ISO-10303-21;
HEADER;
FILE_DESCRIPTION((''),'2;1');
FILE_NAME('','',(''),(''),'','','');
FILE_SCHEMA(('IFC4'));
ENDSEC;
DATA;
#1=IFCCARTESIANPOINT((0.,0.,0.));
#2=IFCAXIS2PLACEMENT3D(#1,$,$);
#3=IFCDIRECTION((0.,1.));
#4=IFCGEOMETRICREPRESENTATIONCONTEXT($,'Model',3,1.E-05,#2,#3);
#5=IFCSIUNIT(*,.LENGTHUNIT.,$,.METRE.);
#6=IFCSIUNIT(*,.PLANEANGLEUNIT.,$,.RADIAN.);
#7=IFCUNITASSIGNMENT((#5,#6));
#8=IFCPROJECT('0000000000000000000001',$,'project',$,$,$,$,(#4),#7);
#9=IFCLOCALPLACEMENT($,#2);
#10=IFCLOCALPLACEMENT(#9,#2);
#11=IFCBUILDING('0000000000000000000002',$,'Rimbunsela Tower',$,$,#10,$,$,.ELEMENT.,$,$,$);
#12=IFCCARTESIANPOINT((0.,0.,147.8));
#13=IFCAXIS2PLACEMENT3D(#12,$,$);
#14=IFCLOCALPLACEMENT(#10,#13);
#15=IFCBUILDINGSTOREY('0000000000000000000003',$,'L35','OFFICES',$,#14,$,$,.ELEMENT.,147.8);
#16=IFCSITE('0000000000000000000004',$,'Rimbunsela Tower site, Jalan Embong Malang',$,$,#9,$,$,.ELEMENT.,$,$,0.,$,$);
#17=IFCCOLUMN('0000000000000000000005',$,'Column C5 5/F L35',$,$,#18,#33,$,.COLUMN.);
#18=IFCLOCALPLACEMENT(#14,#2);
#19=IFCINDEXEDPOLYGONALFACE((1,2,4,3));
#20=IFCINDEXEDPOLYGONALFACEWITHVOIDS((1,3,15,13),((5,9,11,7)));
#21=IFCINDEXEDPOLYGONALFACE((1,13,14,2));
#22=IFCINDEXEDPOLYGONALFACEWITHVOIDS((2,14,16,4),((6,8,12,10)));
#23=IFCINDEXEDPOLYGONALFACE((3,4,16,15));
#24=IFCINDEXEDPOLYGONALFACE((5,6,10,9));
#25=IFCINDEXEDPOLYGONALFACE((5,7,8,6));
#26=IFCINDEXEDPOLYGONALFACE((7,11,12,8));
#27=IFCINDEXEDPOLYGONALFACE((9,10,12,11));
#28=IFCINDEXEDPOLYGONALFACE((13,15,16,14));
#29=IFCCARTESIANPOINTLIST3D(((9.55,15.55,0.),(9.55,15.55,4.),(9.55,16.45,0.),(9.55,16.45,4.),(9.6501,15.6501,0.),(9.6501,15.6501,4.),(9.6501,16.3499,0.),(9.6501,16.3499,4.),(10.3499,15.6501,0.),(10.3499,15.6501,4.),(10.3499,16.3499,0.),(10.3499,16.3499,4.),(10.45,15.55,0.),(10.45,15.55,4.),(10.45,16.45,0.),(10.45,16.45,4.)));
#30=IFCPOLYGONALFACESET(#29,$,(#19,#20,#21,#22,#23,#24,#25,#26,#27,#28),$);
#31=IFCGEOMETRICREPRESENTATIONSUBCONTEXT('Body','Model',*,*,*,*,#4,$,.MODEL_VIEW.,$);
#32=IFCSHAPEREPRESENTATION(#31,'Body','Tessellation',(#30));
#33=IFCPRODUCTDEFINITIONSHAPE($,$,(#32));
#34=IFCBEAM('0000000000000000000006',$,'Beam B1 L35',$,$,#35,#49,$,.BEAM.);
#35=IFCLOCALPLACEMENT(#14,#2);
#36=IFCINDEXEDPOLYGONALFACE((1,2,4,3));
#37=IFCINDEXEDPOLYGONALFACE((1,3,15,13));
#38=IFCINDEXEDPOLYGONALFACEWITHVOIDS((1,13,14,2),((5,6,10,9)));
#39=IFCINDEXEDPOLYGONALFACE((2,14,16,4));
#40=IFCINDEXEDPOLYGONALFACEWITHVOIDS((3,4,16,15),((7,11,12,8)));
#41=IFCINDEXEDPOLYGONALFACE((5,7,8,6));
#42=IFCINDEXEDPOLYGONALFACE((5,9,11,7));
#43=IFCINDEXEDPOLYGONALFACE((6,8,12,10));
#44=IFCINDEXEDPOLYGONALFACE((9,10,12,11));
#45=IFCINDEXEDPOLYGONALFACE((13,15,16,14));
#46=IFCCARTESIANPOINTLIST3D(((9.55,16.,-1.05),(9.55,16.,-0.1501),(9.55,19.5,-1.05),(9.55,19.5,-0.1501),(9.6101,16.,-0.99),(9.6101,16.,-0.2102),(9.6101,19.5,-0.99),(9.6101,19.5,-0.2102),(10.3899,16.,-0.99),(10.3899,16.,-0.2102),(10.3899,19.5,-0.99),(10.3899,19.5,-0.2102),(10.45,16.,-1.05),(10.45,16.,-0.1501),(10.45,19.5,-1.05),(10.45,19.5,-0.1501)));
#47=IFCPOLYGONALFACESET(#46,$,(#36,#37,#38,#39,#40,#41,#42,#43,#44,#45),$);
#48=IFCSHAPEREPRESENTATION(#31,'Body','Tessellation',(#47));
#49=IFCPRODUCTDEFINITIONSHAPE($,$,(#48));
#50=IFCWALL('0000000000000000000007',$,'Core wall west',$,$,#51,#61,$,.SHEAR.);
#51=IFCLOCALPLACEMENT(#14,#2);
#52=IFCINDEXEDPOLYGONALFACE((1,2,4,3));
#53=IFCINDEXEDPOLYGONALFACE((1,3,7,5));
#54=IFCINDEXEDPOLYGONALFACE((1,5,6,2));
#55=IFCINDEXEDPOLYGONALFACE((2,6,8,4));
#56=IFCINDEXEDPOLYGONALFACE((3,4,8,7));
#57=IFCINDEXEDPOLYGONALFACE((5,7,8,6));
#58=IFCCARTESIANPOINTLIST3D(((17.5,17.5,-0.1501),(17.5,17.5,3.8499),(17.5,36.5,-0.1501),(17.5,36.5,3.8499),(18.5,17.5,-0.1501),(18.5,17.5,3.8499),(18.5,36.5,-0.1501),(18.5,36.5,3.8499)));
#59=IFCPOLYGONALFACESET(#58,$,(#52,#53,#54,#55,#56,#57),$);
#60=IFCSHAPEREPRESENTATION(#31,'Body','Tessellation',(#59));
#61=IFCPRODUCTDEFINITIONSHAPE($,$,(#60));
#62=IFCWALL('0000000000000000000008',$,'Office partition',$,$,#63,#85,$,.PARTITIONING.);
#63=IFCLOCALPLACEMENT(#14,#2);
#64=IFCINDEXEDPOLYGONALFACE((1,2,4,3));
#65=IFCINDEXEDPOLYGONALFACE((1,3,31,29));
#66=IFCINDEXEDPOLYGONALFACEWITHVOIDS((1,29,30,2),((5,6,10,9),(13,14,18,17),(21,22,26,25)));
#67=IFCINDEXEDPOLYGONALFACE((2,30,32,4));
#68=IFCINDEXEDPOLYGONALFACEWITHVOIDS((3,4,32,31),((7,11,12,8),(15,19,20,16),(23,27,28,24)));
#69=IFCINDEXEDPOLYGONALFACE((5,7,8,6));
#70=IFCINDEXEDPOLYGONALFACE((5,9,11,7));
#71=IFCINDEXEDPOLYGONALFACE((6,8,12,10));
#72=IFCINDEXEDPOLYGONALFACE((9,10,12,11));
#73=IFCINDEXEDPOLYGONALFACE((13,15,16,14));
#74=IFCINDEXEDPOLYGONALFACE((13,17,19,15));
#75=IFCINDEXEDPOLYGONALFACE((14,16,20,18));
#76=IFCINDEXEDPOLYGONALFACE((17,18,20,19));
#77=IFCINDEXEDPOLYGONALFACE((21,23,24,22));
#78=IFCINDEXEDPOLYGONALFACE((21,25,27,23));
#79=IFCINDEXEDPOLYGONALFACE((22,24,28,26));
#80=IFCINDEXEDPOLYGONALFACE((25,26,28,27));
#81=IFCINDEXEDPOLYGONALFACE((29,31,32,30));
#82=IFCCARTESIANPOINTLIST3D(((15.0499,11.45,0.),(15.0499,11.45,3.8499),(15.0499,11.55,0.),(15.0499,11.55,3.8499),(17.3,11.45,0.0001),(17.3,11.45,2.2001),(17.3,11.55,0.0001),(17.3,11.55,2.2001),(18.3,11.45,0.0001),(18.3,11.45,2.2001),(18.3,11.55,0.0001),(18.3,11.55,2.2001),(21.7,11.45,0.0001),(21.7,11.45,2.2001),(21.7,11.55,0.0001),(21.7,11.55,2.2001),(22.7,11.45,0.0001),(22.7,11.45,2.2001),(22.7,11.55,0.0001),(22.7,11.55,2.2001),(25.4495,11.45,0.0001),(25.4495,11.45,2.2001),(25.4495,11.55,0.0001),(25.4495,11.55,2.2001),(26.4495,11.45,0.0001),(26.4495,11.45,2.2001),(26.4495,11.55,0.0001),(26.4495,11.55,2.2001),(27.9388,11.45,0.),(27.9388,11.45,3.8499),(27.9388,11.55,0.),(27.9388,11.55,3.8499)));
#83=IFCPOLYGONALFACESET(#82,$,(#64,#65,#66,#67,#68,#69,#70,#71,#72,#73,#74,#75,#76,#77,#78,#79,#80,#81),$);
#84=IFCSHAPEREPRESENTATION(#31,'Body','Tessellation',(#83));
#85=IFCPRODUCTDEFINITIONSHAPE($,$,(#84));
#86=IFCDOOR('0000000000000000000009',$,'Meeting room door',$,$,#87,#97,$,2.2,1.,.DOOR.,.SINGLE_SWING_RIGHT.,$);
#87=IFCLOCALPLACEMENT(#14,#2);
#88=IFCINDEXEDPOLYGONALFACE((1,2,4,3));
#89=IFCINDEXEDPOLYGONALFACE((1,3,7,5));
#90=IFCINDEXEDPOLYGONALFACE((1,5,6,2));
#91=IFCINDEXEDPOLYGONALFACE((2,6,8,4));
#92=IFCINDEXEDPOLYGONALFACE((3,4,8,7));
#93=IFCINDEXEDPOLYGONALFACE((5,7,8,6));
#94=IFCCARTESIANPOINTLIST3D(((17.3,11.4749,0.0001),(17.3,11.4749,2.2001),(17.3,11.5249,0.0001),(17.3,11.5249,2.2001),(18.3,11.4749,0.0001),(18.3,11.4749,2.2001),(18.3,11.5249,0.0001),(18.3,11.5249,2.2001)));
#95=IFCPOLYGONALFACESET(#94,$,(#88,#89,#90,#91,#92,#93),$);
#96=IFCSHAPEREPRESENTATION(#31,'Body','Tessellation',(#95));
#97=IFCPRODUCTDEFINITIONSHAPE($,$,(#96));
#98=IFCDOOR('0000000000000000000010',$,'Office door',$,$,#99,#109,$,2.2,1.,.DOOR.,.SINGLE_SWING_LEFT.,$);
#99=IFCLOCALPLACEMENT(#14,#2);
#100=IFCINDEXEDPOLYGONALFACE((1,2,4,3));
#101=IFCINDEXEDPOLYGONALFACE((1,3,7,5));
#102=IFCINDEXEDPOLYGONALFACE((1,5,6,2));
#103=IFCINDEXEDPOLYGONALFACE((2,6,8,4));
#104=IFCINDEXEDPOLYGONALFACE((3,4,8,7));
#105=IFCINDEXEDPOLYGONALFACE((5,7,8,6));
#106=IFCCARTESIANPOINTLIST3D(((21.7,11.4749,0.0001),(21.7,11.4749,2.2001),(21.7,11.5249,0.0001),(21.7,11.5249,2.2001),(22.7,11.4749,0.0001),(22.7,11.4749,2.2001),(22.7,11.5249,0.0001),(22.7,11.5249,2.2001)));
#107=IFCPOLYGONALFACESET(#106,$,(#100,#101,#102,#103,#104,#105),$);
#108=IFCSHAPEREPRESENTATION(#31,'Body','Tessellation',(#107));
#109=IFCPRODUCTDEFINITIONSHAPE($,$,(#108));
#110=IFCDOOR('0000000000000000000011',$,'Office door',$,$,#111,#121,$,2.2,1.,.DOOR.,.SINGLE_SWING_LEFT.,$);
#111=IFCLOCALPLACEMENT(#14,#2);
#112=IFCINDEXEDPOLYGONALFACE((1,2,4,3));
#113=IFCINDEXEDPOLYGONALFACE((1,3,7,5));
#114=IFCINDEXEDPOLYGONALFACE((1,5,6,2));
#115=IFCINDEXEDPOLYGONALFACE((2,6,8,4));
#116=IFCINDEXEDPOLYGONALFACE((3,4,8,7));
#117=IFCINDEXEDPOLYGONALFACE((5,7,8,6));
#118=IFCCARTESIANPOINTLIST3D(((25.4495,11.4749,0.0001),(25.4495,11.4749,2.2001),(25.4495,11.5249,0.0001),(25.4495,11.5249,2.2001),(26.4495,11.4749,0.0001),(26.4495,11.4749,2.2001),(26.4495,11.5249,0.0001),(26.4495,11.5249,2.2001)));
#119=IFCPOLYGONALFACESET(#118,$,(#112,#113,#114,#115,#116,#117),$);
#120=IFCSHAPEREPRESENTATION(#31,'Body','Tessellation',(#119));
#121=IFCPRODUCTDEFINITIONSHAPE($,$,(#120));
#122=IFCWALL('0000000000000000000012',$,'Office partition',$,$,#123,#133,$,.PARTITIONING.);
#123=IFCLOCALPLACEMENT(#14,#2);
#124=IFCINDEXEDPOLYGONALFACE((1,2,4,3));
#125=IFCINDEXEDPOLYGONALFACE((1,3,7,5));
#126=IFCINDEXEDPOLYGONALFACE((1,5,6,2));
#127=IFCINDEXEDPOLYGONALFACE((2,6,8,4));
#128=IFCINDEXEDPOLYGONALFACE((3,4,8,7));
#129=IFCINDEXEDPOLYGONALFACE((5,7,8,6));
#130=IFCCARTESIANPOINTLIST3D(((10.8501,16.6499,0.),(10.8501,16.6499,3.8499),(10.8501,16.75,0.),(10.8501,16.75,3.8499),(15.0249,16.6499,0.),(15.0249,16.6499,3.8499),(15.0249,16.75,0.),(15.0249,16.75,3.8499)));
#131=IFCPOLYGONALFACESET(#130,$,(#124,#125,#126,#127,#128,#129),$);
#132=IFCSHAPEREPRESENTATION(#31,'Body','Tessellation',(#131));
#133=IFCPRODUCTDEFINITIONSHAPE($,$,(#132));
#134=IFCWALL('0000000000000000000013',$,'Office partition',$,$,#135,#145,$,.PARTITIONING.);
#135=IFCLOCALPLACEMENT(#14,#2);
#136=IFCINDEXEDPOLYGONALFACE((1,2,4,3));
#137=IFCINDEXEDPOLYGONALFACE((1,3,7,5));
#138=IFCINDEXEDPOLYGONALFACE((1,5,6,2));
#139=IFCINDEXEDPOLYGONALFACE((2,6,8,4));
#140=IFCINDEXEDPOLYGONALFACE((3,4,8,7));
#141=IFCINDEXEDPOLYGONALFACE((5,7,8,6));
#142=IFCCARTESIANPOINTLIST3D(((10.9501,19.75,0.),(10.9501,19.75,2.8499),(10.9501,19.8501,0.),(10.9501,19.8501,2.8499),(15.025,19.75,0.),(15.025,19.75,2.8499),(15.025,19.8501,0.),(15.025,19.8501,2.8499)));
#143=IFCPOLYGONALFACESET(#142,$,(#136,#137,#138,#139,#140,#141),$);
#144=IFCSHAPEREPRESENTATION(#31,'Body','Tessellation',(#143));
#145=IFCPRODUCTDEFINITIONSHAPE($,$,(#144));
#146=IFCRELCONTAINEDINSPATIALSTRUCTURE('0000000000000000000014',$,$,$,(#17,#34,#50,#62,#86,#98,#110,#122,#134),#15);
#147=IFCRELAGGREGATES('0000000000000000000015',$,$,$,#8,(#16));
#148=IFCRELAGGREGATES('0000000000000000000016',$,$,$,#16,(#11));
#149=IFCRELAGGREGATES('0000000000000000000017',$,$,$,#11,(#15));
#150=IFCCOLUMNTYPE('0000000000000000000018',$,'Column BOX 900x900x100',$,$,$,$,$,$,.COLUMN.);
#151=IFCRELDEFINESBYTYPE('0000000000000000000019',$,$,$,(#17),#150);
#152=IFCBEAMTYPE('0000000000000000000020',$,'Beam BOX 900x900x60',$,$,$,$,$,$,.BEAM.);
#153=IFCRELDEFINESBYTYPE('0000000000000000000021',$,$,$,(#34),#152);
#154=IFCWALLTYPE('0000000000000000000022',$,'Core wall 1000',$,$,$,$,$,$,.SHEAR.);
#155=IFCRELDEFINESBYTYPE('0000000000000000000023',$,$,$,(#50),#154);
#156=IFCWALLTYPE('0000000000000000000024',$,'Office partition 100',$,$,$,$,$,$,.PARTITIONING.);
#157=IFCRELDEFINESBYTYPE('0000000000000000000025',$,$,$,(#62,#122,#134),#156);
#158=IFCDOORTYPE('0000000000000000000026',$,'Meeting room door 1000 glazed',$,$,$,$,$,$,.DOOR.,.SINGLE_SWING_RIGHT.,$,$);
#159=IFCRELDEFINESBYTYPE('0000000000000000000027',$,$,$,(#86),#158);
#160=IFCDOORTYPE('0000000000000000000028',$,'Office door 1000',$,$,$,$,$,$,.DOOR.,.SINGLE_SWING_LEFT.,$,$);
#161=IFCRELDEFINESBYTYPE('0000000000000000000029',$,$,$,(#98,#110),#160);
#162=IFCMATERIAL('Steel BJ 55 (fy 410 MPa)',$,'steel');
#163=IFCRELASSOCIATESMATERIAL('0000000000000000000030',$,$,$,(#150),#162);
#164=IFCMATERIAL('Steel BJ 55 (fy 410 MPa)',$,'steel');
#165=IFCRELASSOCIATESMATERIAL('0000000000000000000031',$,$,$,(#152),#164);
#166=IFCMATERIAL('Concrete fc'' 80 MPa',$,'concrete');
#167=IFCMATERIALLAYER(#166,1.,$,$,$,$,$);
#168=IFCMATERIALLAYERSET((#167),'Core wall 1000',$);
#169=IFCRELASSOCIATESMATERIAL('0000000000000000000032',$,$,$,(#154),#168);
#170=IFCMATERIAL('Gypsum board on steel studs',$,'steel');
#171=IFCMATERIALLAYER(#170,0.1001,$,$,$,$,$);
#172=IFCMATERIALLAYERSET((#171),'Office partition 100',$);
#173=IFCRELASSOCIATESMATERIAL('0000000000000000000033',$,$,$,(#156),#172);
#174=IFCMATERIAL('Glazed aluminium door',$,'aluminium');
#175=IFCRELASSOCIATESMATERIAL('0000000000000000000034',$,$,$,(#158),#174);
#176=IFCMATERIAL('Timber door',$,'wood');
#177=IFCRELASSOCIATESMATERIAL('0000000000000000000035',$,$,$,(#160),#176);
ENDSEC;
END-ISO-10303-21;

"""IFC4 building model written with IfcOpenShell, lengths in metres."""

from ifc_helpers import new_model, si_unit, direction, frame, frame_2d, origin, origin_2d, place, context, subcontext, project, spatial, rectangle, hollow_rectangle, extrude, material, layer, layer_set, material_profile, profile_set, type_object, element, fill, save


model = new_model("IFC4")

# Units and contexts
model_context = context("Model", 3, precision=1e-05, world=origin(), true_north=direction((0.0, 1.0)))
body_context = subcontext(model_context, "Body", "Model", "MODEL_VIEW")
ifc_project = project(units=[si_unit("LENGTHUNIT", "METRE"), si_unit("PLANEANGLEUNIT", "RADIAN")], contexts=[model_context])

# Site, building, storey
site_placement = place(None, origin())
site = spatial("IfcSite", under=ifc_project, at=site_placement, Name="Rimbunsela Tower site, Jalan Embong Malang", CompositionType="ELEMENT", RefElevation=0.0)
building_placement = place(site_placement, origin())
building = spatial("IfcBuilding", under=site, at=building_placement, Name="Rimbunsela Tower", CompositionType="ELEMENT")
storey_placement = place(building_placement, frame((0.0, 0.0, 147.8)))
storey = spatial("IfcBuildingStorey", under=building, at=storey_placement, Name="L35", Description="OFFICES", CompositionType="ELEMENT", Elevation=147.8)

# Column
ifc_material_1 = material(Name="Steel BJ 55 (fy 410 MPa)", Category="steel")
ifc_material_profile_1 = material_profile(ifc_material_1, hollow_rectangle(XDim=0.8999, YDim=0.8999, WallThickness=0.1001, at=origin_2d()), Name="BOX 900x900x100")
ifc_profile_set_1 = profile_set([ifc_material_profile_1], Name="Steel BJ 55 (fy 410 MPa)")
column_type = type_object("IfcColumnType", Name="Column BOX 900x900x100", PredefinedType="COLUMN", material=ifc_profile_set_1)
column_placement = place(storey_placement, frame((10.0, 16.0, 0.0), z_axis=(0.0, 0.0, 1.0), x_axis=(1.0, 0.0, 0.0)))
element("IfcColumn", 1, at=column_placement, inside=storey, type_object=column_type, Name="Column C5 5/F L35", PredefinedType="COLUMN", context=body_context, shape_type="SweptSolid", body=[
    extrude(hollow_rectangle(XDim=0.8999, YDim=0.8999, WallThickness=0.1001, at=origin_2d()), origin(), (0.0, 0.0, 1.0), 4.0),
])

# Beam
ifc_material_2 = material(Name="Steel BJ 55 (fy 410 MPa)", Category="steel")
ifc_material_profile_2 = material_profile(ifc_material_2, hollow_rectangle(XDim=0.8999, YDim=0.8999, WallThickness=0.0601, at=origin_2d()), Name="BOX 900x900x60")
ifc_profile_set_2 = profile_set([ifc_material_profile_2], Name="Steel BJ 55 (fy 410 MPa)")
beam_type = type_object("IfcBeamType", Name="Beam BOX 900x900x60", PredefinedType="BEAM", material=ifc_profile_set_2)
beam_placement = place(storey_placement, frame((10.0, 16.0, -0.6001), z_axis=(0.0, 1.0, 0.0), x_axis=(-1.0, 0.0, 0.0)))
element("IfcBeam", 2, at=beam_placement, inside=storey, type_object=beam_type, Name="Beam B1 L35", PredefinedType="BEAM", context=body_context, shape_type="SweptSolid", body=[
    extrude(hollow_rectangle(XDim=0.8999, YDim=0.8999, WallThickness=0.0601, at=origin_2d()), origin(), (0.0, 0.0, 1.0), 3.5),
])

# Wall
ifc_material_3 = material(Name="Concrete fc' 80 MPa", Category="concrete")
ifc_layer_1 = layer(ifc_material_3, 1.0)
ifc_layer_set_1 = layer_set([ifc_layer_1], Name="Core wall 1000")
wall_type_1 = type_object("IfcWallType", Name="Core wall 1000", PredefinedType="SHEAR", material=ifc_layer_set_1)
wall_1_placement = place(storey_placement, frame((18.0, 17.5, -0.1501), z_axis=(0.0, 0.0, 1.0), x_axis=(0.0, 1.0, 0.0)))
element("IfcWall", 3, at=wall_1_placement, inside=storey, type_object=wall_type_1, Name="Core wall west", PredefinedType="SHEAR", context=body_context, shape_type="SweptSolid", body=[
    extrude(rectangle(XDim=19.0, YDim=1.0, at=frame_2d((9.5, 0.0))), origin(), (0.0, 0.0, 1.0), 4.0),
])

# Wall, openings, doors
ifc_material_4 = material(Name="Gypsum board on steel studs", Category="steel")
ifc_layer_2 = layer(ifc_material_4, 0.1001)
ifc_layer_set_2 = layer_set([ifc_layer_2], Name="Office partition 100")
wall_type_2 = type_object("IfcWallType", Name="Office partition 100", PredefinedType="PARTITIONING", material=ifc_layer_set_2)
wall_2_placement = place(storey_placement, frame((15.05, 11.5, 0.0), z_axis=(0.0, 0.0, 1.0), x_axis=(1.0, 0.0, 0.0)))
wall_2 = element("IfcWall", 4, at=wall_2_placement, inside=storey, type_object=wall_type_2, Name="Office partition", PredefinedType="PARTITIONING", context=body_context, shape_type="SweptSolid", body=[
    extrude(rectangle(XDim=12.8889, YDim=0.1001, at=frame_2d((6.4443, 0.0))), origin(), (0.0, 0.0, 1.0), 3.8499),
])
opening_1_placement = place(wall_2_placement, frame((2.25, 0.0, 0.0)))
opening_1 = element("IfcOpeningElement", 5, at=opening_1_placement, cuts=wall_2, PredefinedType="OPENING", context=body_context, shape_type="SweptSolid", body=[
    extrude(rectangle(XDim=1.0, YDim=2.2, at=frame_2d((0.5, 1.1001))), frame((0.0, 0.0601, 0.0), z_axis=(0.0, -1.0, 0.0), x_axis=(1.0, 0.0, 0.0)), (0.0, 0.0, 1.0), 0.1201),
])
opening_2_placement = place(wall_2_placement, frame((6.6499, 0.0, 0.0)))
opening_2 = element("IfcOpeningElement", 6, at=opening_2_placement, cuts=wall_2, PredefinedType="OPENING", context=body_context, shape_type="SweptSolid", body=[
    extrude(rectangle(XDim=1.0, YDim=2.2, at=frame_2d((0.5, 1.1001))), frame((0.0, 0.0601, 0.0), z_axis=(0.0, -1.0, 0.0), x_axis=(1.0, 0.0, 0.0)), (0.0, 0.0, 1.0), 0.1201),
])
opening_3_placement = place(wall_2_placement, frame((10.3994, 0.0, 0.0)))
opening_3 = element("IfcOpeningElement", 7, at=opening_3_placement, cuts=wall_2, PredefinedType="OPENING", context=body_context, shape_type="SweptSolid", body=[
    extrude(rectangle(XDim=1.0, YDim=2.2, at=frame_2d((0.5, 1.1001))), frame((0.0, 0.0601, 0.0), z_axis=(0.0, -1.0, 0.0), x_axis=(1.0, 0.0, 0.0)), (0.0, 0.0, 1.0), 0.1201),
])
ifc_material_5 = material(Name="Glazed aluminium door", Category="aluminium")
door_type_1 = type_object("IfcDoorType", Name="Meeting room door 1000 glazed", OperationType="SINGLE_SWING_RIGHT", PredefinedType="DOOR", material=ifc_material_5)
door_1_placement = place(opening_1_placement, origin())
door_1 = element("IfcDoor", 8, at=door_1_placement, inside=storey, type_object=door_type_1, Name="Meeting room door", OperationType="SINGLE_SWING_RIGHT", OverallHeight=2.2, OverallWidth=1.0, PredefinedType="DOOR", context=body_context, shape_type="SweptSolid", body=[
    extrude(rectangle(XDim=1.0, YDim=2.2, at=frame_2d((0.5, 1.1001))), frame((0.0, 0.0249, 0.0), z_axis=(0.0, -1.0, 0.0), x_axis=(1.0, 0.0, 0.0)), (0.0, 0.0, 1.0), 0.05),
])
fill(opening_1, door_1)
ifc_material_6 = material(Name="Timber door", Category="wood")
door_type_2 = type_object("IfcDoorType", Name="Office door 1000", OperationType="SINGLE_SWING_LEFT", PredefinedType="DOOR", material=ifc_material_6)
door_2_placement = place(opening_2_placement, origin())
door_2 = element("IfcDoor", 9, at=door_2_placement, inside=storey, type_object=door_type_2, Name="Office door", OperationType="SINGLE_SWING_LEFT", OverallHeight=2.2, OverallWidth=1.0, PredefinedType="DOOR", context=body_context, shape_type="SweptSolid", body=[
    extrude(rectangle(XDim=1.0, YDim=2.2, at=frame_2d((0.5, 1.1001))), frame((0.0, 0.0249, 0.0), z_axis=(0.0, -1.0, 0.0), x_axis=(1.0, 0.0, 0.0)), (0.0, 0.0, 1.0), 0.05),
])
fill(opening_2, door_2)
door_3_placement = place(opening_3_placement, origin())
door_3 = element("IfcDoor", 10, at=door_3_placement, inside=storey, type_object=door_type_2, Name="Office door", OperationType="SINGLE_SWING_LEFT", OverallHeight=2.2, OverallWidth=1.0, PredefinedType="DOOR", context=body_context, shape_type="SweptSolid", body=[
    extrude(rectangle(XDim=1.0, YDim=2.2, at=frame_2d((0.5, 1.1001))), frame((0.0, 0.0249, 0.0), z_axis=(0.0, -1.0, 0.0), x_axis=(1.0, 0.0, 0.0)), (0.0, 0.0, 1.0), 0.05),
])
fill(opening_3, door_3)

# Walls
wall_3_placement = place(storey_placement, frame((10.8501, 16.7, 0.0), z_axis=(0.0, 0.0, 1.0), x_axis=(1.0, 0.0, 0.0)))
element("IfcWall", 11, at=wall_3_placement, inside=storey, type_object=wall_type_2, Name="Office partition", PredefinedType="PARTITIONING", context=body_context, shape_type="SweptSolid", body=[
    extrude(rectangle(XDim=4.1748, YDim=0.1001, at=frame_2d((2.0874, 0.0))), origin(), (0.0, 0.0, 1.0), 3.8499),
])
wall_4_placement = place(storey_placement, frame((10.95, 19.8, 0.0), z_axis=(0.0, 0.0, 1.0), x_axis=(1.0, 0.0, 0.0)))
element("IfcWall", 12, at=wall_4_placement, inside=storey, type_object=wall_type_2, Name="Office partition", PredefinedType="PARTITIONING", context=body_context, shape_type="SweptSolid", body=[
    extrude(rectangle(XDim=4.075, YDim=0.1001, at=frame_2d((2.0376, 0.0))), origin(), (0.0, 0.0, 1.0), 2.8499),
])

save(model, "model.ifc")
